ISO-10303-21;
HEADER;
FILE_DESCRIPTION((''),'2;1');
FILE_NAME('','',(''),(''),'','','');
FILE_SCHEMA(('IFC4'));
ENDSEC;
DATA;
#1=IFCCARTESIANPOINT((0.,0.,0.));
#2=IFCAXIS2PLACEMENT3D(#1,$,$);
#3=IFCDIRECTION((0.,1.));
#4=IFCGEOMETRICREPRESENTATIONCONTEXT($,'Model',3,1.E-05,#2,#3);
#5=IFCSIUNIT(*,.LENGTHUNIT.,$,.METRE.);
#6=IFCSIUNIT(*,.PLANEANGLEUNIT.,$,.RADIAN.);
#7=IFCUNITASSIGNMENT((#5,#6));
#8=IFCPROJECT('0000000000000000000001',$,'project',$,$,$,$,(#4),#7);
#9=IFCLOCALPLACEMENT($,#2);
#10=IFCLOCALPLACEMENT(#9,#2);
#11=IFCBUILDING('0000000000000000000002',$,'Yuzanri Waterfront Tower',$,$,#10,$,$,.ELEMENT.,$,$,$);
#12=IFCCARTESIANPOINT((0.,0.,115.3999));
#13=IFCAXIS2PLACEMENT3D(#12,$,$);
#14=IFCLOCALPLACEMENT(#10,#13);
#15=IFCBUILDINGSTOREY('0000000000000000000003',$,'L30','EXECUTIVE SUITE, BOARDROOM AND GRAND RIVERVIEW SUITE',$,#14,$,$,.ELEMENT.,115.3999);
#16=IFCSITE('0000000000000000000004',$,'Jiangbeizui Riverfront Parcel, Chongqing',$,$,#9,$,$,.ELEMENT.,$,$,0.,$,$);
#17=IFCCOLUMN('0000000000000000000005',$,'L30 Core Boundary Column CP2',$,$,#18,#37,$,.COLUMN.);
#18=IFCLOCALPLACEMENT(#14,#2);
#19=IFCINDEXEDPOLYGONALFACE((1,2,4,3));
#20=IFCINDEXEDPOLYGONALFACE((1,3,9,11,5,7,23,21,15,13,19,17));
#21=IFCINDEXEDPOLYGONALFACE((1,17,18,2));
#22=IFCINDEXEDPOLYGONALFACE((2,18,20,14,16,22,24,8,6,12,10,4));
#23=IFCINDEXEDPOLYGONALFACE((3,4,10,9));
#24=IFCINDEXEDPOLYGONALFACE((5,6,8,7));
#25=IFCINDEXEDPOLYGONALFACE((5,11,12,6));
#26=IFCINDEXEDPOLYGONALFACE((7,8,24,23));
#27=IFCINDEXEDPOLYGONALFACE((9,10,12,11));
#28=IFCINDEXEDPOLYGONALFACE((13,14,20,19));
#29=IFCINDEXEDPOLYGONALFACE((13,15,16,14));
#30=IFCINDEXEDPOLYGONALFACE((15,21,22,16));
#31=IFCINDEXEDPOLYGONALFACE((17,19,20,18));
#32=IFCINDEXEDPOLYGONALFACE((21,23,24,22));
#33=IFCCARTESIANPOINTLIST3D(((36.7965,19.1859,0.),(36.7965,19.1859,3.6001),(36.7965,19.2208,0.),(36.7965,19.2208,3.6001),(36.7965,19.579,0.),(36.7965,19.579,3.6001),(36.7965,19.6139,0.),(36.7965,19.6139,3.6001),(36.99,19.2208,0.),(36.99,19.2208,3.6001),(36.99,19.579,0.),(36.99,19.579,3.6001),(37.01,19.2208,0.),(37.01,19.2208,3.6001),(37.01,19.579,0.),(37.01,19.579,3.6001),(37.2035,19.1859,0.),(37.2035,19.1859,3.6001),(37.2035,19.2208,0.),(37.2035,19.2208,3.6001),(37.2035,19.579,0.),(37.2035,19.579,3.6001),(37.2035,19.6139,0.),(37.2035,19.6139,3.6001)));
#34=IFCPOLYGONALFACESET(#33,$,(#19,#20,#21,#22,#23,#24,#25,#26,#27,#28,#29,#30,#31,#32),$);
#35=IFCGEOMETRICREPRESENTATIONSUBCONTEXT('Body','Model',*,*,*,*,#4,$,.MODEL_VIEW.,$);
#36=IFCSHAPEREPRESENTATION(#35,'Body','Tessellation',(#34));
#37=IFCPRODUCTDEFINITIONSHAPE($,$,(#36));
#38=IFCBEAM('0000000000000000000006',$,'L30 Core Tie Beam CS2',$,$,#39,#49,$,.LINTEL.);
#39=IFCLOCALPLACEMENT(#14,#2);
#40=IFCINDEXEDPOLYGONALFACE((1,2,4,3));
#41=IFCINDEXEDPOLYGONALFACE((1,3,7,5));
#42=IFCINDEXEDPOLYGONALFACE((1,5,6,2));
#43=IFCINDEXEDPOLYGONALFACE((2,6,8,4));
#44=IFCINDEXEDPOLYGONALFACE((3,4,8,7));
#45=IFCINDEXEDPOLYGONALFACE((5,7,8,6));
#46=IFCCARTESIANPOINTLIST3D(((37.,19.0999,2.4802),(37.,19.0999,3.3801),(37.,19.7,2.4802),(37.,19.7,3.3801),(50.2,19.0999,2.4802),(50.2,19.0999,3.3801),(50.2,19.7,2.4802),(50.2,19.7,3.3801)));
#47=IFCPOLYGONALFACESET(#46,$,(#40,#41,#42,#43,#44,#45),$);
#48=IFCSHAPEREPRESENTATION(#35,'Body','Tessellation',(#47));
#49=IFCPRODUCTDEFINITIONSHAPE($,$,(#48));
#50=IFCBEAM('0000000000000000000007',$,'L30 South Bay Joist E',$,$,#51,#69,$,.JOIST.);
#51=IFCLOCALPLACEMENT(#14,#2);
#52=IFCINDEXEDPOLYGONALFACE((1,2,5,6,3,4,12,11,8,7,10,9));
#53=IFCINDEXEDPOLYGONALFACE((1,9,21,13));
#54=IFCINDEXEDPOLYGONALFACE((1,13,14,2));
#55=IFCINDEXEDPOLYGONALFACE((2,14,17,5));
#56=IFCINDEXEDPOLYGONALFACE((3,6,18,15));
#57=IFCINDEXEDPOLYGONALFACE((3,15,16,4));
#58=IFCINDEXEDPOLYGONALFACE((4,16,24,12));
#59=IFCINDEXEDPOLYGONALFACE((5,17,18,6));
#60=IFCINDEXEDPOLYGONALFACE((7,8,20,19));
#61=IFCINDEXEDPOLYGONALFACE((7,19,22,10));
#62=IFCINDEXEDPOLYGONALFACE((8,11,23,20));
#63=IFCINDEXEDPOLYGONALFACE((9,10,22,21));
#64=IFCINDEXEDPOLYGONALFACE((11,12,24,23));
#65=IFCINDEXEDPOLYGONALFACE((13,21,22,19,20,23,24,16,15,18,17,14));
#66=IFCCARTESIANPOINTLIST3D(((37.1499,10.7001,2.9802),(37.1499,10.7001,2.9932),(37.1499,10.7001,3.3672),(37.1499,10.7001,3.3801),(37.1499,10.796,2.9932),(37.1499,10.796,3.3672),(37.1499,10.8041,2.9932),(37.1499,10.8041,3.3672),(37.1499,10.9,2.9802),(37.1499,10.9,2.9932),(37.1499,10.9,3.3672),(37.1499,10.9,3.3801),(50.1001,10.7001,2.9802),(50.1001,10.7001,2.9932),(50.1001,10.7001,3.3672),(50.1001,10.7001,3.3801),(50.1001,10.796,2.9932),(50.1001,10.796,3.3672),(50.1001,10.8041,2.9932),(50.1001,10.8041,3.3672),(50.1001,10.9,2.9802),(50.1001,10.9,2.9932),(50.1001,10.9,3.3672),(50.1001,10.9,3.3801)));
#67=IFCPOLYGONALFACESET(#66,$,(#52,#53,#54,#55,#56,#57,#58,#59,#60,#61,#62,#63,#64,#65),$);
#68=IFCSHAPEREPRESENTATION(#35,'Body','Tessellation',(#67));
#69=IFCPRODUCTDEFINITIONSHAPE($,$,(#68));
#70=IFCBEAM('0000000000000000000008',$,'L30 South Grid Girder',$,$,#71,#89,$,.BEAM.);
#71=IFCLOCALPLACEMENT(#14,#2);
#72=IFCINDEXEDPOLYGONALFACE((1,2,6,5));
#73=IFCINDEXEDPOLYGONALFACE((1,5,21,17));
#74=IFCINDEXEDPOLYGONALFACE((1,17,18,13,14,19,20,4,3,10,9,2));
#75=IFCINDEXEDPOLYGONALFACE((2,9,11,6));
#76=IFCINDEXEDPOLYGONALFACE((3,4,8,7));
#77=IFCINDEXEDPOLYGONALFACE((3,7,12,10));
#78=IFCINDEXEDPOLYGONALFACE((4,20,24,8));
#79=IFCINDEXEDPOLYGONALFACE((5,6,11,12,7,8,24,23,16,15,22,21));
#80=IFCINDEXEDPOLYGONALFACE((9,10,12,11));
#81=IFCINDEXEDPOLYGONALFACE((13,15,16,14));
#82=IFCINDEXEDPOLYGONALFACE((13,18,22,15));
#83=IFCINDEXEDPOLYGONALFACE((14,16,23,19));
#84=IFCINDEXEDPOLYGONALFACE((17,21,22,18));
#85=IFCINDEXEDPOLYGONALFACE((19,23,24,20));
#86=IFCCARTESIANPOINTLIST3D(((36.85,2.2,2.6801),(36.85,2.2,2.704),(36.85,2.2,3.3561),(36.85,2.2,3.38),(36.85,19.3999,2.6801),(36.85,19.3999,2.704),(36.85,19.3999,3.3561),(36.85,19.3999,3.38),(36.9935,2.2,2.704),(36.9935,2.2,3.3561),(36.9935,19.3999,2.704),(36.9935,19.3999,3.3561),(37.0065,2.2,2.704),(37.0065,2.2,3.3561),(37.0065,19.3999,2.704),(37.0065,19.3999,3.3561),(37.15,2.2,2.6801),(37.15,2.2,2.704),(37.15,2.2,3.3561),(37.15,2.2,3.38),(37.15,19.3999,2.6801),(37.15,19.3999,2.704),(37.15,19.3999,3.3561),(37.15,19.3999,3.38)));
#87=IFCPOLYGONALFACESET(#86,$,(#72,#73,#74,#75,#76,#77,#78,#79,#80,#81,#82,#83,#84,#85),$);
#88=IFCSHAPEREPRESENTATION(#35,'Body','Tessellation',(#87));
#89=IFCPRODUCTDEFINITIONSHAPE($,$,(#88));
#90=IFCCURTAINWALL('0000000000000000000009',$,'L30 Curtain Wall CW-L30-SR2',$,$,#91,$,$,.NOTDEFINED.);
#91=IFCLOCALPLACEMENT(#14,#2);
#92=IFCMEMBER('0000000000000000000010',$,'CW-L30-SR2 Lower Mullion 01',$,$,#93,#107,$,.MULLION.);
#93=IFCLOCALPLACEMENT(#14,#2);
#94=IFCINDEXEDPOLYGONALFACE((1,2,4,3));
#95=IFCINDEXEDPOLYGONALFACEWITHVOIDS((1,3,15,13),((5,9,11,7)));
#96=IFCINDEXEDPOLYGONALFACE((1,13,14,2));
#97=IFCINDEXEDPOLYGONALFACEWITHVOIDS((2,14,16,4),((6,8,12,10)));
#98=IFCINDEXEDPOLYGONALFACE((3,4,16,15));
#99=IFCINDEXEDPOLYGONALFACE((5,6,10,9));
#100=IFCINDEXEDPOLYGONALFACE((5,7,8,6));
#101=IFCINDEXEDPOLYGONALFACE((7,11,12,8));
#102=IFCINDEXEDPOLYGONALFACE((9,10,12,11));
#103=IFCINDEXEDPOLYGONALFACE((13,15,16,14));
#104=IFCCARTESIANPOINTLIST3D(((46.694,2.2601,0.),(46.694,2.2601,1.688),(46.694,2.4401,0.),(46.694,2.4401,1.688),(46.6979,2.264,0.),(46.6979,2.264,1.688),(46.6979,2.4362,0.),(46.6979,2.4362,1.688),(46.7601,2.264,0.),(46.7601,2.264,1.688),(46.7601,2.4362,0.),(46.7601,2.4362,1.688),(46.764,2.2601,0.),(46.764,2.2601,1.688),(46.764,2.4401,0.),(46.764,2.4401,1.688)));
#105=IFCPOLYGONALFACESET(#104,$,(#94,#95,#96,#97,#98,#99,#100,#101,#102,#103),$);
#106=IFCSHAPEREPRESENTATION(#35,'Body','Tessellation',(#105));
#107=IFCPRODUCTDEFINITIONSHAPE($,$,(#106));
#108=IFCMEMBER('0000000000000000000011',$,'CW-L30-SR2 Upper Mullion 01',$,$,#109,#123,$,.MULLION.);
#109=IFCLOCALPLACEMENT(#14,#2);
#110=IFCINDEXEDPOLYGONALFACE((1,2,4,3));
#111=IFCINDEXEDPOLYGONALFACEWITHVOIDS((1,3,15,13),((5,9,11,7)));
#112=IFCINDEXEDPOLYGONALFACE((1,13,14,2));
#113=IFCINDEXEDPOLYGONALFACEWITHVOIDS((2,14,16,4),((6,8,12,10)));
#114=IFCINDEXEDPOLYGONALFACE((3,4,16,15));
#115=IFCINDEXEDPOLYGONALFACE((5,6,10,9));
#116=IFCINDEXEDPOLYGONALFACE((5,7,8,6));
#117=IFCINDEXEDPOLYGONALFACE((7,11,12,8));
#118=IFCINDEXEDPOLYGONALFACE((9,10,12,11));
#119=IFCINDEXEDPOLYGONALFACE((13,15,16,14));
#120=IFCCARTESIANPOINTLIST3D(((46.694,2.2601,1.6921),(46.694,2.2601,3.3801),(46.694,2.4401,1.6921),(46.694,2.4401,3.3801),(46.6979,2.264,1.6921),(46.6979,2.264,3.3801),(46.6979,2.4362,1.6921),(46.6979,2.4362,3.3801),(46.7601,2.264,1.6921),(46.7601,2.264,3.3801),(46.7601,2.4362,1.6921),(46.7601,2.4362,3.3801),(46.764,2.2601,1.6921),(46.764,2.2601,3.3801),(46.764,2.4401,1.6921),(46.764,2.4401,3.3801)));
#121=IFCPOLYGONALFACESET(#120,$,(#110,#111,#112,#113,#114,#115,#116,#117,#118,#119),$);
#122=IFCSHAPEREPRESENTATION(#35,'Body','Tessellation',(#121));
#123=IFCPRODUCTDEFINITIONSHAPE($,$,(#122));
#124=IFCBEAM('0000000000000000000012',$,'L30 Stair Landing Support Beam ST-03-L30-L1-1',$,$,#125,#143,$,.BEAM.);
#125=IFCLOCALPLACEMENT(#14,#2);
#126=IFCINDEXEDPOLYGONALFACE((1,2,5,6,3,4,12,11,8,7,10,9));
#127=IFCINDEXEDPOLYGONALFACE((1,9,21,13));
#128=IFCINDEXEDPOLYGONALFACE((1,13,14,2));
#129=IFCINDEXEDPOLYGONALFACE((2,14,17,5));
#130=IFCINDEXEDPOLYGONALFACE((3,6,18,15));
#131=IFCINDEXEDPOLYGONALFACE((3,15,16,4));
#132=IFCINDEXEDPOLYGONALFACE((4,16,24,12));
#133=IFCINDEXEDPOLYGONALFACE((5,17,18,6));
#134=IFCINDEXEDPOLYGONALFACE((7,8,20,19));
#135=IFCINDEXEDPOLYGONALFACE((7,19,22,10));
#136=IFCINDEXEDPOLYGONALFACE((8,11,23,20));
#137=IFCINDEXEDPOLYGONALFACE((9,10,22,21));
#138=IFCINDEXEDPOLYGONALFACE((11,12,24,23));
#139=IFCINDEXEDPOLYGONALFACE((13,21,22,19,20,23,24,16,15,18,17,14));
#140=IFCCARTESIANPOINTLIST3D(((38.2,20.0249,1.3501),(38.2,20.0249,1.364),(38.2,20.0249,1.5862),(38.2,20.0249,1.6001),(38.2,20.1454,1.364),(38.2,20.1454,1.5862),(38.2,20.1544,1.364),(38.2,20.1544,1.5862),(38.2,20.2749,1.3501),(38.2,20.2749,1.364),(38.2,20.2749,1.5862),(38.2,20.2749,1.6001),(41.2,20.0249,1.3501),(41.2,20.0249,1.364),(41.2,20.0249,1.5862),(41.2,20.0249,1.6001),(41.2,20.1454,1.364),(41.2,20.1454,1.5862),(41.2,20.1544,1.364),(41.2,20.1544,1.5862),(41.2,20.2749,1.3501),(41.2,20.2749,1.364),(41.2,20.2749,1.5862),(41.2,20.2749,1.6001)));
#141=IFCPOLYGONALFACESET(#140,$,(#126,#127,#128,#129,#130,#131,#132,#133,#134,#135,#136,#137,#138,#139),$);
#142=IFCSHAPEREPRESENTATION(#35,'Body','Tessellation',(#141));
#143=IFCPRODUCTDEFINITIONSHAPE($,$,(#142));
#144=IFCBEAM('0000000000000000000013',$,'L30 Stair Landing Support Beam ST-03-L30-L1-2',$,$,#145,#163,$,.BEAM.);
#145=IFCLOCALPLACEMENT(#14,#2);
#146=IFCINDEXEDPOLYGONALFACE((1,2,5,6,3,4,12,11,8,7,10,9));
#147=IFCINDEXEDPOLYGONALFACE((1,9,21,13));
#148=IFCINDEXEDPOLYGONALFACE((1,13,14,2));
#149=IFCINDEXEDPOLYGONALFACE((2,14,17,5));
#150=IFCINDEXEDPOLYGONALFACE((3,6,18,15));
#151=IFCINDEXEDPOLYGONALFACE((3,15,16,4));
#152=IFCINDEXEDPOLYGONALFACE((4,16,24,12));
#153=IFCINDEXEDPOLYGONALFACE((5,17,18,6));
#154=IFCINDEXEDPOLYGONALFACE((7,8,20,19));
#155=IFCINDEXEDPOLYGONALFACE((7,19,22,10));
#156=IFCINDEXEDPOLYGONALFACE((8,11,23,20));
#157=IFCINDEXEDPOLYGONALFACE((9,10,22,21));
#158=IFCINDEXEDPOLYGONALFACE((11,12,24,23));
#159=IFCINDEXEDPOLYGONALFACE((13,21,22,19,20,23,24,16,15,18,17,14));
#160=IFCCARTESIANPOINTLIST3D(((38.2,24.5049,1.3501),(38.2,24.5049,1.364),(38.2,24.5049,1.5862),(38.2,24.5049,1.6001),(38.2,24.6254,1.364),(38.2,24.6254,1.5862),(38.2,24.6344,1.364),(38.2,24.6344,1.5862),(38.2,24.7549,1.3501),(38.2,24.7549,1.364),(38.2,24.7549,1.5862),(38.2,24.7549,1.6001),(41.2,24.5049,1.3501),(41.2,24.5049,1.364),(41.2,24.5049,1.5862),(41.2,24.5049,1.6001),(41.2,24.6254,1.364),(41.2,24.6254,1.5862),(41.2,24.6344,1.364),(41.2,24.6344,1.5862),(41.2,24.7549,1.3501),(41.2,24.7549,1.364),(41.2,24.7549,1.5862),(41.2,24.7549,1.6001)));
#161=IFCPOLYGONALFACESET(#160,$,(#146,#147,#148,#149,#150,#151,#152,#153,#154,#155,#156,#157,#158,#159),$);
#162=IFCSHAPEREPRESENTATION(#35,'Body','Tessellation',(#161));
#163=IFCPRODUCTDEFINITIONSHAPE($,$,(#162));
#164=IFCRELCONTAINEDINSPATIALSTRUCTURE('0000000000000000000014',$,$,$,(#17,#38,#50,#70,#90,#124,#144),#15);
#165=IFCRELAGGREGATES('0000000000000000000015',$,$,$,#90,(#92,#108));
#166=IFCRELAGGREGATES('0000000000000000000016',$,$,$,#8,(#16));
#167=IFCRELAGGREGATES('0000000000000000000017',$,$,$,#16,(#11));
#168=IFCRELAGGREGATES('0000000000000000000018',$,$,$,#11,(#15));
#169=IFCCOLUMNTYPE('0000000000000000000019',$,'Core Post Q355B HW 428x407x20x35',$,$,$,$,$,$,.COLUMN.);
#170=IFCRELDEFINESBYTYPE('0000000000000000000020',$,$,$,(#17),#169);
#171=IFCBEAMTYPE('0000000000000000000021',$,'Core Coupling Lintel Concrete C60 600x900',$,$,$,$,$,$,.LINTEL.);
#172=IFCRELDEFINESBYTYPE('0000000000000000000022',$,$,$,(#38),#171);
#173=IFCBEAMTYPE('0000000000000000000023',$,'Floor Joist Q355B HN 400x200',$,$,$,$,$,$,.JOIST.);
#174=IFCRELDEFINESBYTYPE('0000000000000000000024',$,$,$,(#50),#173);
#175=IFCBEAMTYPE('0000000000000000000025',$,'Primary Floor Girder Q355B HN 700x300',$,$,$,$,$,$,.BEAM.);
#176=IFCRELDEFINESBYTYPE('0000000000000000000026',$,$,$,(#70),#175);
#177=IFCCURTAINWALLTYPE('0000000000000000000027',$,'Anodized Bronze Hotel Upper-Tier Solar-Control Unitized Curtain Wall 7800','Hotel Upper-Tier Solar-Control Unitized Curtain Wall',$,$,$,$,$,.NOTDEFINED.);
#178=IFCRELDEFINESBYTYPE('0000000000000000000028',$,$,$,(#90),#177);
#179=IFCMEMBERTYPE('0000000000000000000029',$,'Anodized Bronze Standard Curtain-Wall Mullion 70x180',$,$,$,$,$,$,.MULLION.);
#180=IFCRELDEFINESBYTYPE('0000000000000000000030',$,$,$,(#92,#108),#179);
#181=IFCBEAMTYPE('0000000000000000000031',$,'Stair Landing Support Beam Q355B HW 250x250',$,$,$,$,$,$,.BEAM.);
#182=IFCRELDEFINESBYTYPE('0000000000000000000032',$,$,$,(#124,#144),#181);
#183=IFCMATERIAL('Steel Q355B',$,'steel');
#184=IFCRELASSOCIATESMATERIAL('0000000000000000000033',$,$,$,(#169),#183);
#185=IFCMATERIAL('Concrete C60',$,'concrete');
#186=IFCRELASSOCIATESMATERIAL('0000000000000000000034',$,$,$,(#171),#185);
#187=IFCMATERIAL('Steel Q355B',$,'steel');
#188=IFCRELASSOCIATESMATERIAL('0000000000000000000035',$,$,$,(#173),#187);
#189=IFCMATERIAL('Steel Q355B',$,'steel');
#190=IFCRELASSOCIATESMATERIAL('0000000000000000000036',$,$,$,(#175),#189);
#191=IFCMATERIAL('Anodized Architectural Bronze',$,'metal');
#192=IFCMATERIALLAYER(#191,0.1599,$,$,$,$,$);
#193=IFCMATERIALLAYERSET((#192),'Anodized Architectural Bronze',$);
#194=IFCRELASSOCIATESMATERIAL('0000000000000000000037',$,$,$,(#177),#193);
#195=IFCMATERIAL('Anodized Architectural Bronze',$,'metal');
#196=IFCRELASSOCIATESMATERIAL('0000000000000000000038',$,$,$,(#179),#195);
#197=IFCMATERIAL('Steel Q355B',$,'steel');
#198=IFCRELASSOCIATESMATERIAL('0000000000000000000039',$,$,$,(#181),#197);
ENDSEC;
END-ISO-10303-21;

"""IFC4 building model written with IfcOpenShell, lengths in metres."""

from ifc_helpers import new_model, si_unit, direction, frame, origin, origin_2d, place, context, subcontext, project, spatial, rectangle, hollow_rectangle, i_section, extrude, source, transform, mapped, material, layer, layer_set, material_profile, profile_set, type_object, element, aggregate, save


model = new_model("IFC4")

# Units and contexts
model_context = context("Model", 3, precision=1e-05, world=origin(), true_north=direction((0.0, 1.0)))
body_context = subcontext(model_context, "Body", "Model", "MODEL_VIEW")
ifc_project = project(units=[si_unit("LENGTHUNIT", "METRE"), si_unit("PLANEANGLEUNIT", "RADIAN")], contexts=[model_context])

# Site, building, storey
site_placement = place(None, origin())
site = spatial("IfcSite", under=ifc_project, at=site_placement, Name="Jiangbeizui Riverfront Parcel, Chongqing", CompositionType="ELEMENT", RefElevation=0.0)
building_placement = place(site_placement, origin())
building = spatial("IfcBuilding", under=site, at=building_placement, Name="Yuzanri Waterfront Tower", CompositionType="ELEMENT")
storey_placement = place(building_placement, frame((0.0, 0.0, 115.3999)))
storey = spatial("IfcBuildingStorey", under=building, at=storey_placement, Name="L30", Description="EXECUTIVE SUITE, BOARDROOM AND GRAND RIVERVIEW SUITE", CompositionType="ELEMENT", Elevation=115.3999)

# Column
ifc_material_1 = material(Name="Steel Q355B", Category="steel")
ifc_material_profile_1 = material_profile(ifc_material_1, i_section(OverallWidth=0.407, OverallDepth=0.428, WebThickness=0.02, FlangeThickness=0.0349, at=origin_2d()), Name="HW 428x407x20x35")
ifc_profile_set_1 = profile_set([ifc_material_profile_1], Name="Steel Q355B")
column_type = type_object("IfcColumnType", Name="Core Post Q355B HW 428x407x20x35", PredefinedType="COLUMN", material=ifc_profile_set_1)
shared_shape_1 = source(origin(), body_context, "Body", "SweptSolid", [
    extrude(i_section(OverallWidth=0.407, OverallDepth=0.428, WebThickness=0.02, FlangeThickness=0.0349, at=origin_2d()), origin(), (0.0, 0.0, 1.0), 3.6001),
])
column_placement = place(storey_placement, frame((37.0, 19.3999, 0.0), z_axis=(0.0, 0.0, 1.0), x_axis=(1.0, 0.0, 0.0)))
element("IfcColumn", 1, at=column_placement, inside=storey, type_object=column_type, Name="L30 Core Boundary Column CP2", PredefinedType="COLUMN", context=body_context, shape_type="MappedRepresentation", body=[
    mapped(shared_shape_1, transform((0.0, 0.0, 0.0), scale=1.0)),
])

# Beams
ifc_material_2 = material(Name="Concrete C60", Category="concrete")
ifc_material_profile_2 = material_profile(ifc_material_2, rectangle(XDim=0.6001, YDim=0.8999, at=origin_2d()), Name="RC 600x900")
ifc_profile_set_2 = profile_set([ifc_material_profile_2], Name="Concrete C60")
beam_type_1 = type_object("IfcBeamType", Name="Core Coupling Lintel Concrete C60 600x900", PredefinedType="LINTEL", material=ifc_profile_set_2)
shared_shape_2 = source(origin(), body_context, "Body", "SweptSolid", [
    extrude(rectangle(XDim=0.6001, YDim=0.8999, at=origin_2d()), origin(), (0.0, 0.0, 1.0), 13.2),
])
beam_1_placement = place(storey_placement, frame((37.0, 19.3999, 2.9302), z_axis=(1.0, 0.0, 0.0), x_axis=(0.0, 1.0, 0.0)))
element("IfcBeam", 2, at=beam_1_placement, inside=storey, type_object=beam_type_1, Name="L30 Core Tie Beam CS2", PredefinedType="LINTEL", context=body_context, shape_type="MappedRepresentation", body=[
    mapped(shared_shape_2, transform((0.0, 0.0, 0.0), scale=1.0)),
])
ifc_material_3 = material(Name="Steel Q355B", Category="steel")
ifc_material_profile_3 = material_profile(ifc_material_3, i_section(OverallWidth=0.2, OverallDepth=0.3999, WebThickness=0.0081, FlangeThickness=0.0129, at=origin_2d()), Name="HN 400x200x8x13")
ifc_profile_set_3 = profile_set([ifc_material_profile_3], Name="Steel Q355B")
beam_type_2 = type_object("IfcBeamType", Name="Floor Joist Q355B HN 400x200", PredefinedType="JOIST", material=ifc_profile_set_3)
shared_shape_3 = source(origin(), body_context, "Body", "SweptSolid", [
    extrude(i_section(OverallWidth=0.2, OverallDepth=0.3999, WebThickness=0.0081, FlangeThickness=0.0129, at=origin_2d()), origin(), (0.0, 0.0, 1.0), 12.9502),
])
beam_2_placement = place(storey_placement, frame((37.1499, 10.8, 3.1802), z_axis=(1.0, 0.0, 0.0), x_axis=(0.0, 1.0, 0.0)))
element("IfcBeam", 3, at=beam_2_placement, inside=storey, type_object=beam_type_2, Name="L30 South Bay Joist E", PredefinedType="JOIST", context=body_context, shape_type="MappedRepresentation", body=[
    mapped(shared_shape_3, transform((0.0, 0.0, 0.0), scale=1.0)),
])
ifc_material_4 = material(Name="Steel Q355B", Category="steel")
ifc_material_profile_4 = material_profile(ifc_material_4, i_section(OverallWidth=0.3, OverallDepth=0.7, WebThickness=0.0129, FlangeThickness=0.0239, at=origin_2d()), Name="HN 700x300x13x24")
ifc_profile_set_4 = profile_set([ifc_material_profile_4], Name="Steel Q355B")
beam_type_3 = type_object("IfcBeamType", Name="Primary Floor Girder Q355B HN 700x300", PredefinedType="BEAM", material=ifc_profile_set_4)
shared_shape_4 = source(origin(), body_context, "Body", "SweptSolid", [
    extrude(i_section(OverallWidth=0.3, OverallDepth=0.7, WebThickness=0.0129, FlangeThickness=0.0239, at=origin_2d()), origin(), (0.0, 0.0, 1.0), 17.2),
])
beam_3_placement = place(storey_placement, frame((37.0, 19.3999, 3.03), z_axis=(0.0, -1.0, 0.0), x_axis=(1.0, 0.0, 0.0)))
element("IfcBeam", 4, at=beam_3_placement, inside=storey, type_object=beam_type_3, Name="L30 South Grid Girder", PredefinedType="BEAM", context=body_context, shape_type="MappedRepresentation", body=[
    mapped(shared_shape_4, transform((0.0, 0.0, 0.0), scale=1.0)),
])

# Curtain wall, members
ifc_material_5 = material(Name="Anodized Architectural Bronze", Category="metal")
ifc_layer_1 = layer(ifc_material_5, 0.1599)
ifc_layer_set_1 = layer_set([ifc_layer_1], Name="Anodized Architectural Bronze")
curtain_wall_type = type_object("IfcCurtainWallType", Name="Anodized Bronze Hotel Upper-Tier Solar-Control Unitized Curtain Wall 7800", Description="Hotel Upper-Tier Solar-Control Unitized Curtain Wall", PredefinedType="NOTDEFINED", material=ifc_layer_set_1)
curtain_wall_placement = place(storey_placement, origin())
curtain_wall = element("IfcCurtainWall", 5, at=curtain_wall_placement, inside=storey, type_object=curtain_wall_type, Name="L30 Curtain Wall CW-L30-SR2", PredefinedType="NOTDEFINED")
ifc_material_6 = material(Name="Anodized Architectural Bronze", Category="metal")
ifc_material_profile_5 = material_profile(ifc_material_6, hollow_rectangle(XDim=0.0701, YDim=0.1799, WallThickness=0.0039, at=origin_2d()), Name="CWM 70x180")
ifc_profile_set_5 = profile_set([ifc_material_profile_5], Name="Anodized Architectural Bronze")
member_type = type_object("IfcMemberType", Name="Anodized Bronze Standard Curtain-Wall Mullion 70x180", PredefinedType="MULLION", material=ifc_profile_set_5)
shared_shape_5 = source(origin(), body_context, "Body", "SweptSolid", [
    extrude(hollow_rectangle(XDim=0.0701, YDim=0.1799, WallThickness=0.0039, at=origin_2d()), origin(), (0.0, 0.0, 1.0), 1.688),
])
member_1_placement = place(storey_placement, frame((46.729, 2.3501, 0.0), z_axis=(0.0, 0.0, 1.0), x_axis=(1.0, 0.0, 0.0)))
member_1 = element("IfcMember", 6, at=member_1_placement, type_object=member_type, Name="CW-L30-SR2 Lower Mullion 01", PredefinedType="MULLION", context=body_context, shape_type="MappedRepresentation", body=[
    mapped(shared_shape_5, transform((0.0, 0.0, 0.0), scale=1.0)),
])
member_2_placement = place(storey_placement, frame((46.729, 2.3501, 1.6921), z_axis=(0.0, 0.0, 1.0), x_axis=(1.0, 0.0, 0.0)))
member_2 = element("IfcMember", 7, at=member_2_placement, type_object=member_type, Name="CW-L30-SR2 Upper Mullion 01", PredefinedType="MULLION", context=body_context, shape_type="MappedRepresentation", body=[
    mapped(shared_shape_5, transform((0.0, 0.0, 0.0), scale=1.0)),
])
aggregate(curtain_wall, [member_1, member_2])

# Beams
ifc_material_7 = material(Name="Steel Q355B", Category="steel")
ifc_material_profile_6 = material_profile(ifc_material_7, i_section(OverallWidth=0.25, OverallDepth=0.25, WebThickness=0.009, FlangeThickness=0.0139, at=origin_2d()), Name="HW 250x250x9x14")
ifc_profile_set_6 = profile_set([ifc_material_profile_6], Name="Steel Q355B")
beam_type_4 = type_object("IfcBeamType", Name="Stair Landing Support Beam Q355B HW 250x250", PredefinedType="BEAM", material=ifc_profile_set_6)
shared_shape_6 = source(origin(), body_context, "Body", "SweptSolid", [
    extrude(i_section(OverallWidth=0.25, OverallDepth=0.25, WebThickness=0.009, FlangeThickness=0.0139, at=origin_2d()), origin(), (0.0, 0.0, 1.0), 3.0),
])
for number, where, z_axis, x_axis, name in (
    (8, (38.2, 20.1499, 1.4751), (1.0, 0.0, 0.0), (0.0, 1.0, 0.0), "L30 Stair Landing Support Beam ST-03-L30-L1-1"),
    (9, (38.2, 24.6299, 1.4751), (1.0, 0.0, 0.0), (0.0, 1.0, 0.0), "L30 Stair Landing Support Beam ST-03-L30-L1-2"),
):
    element("IfcBeam", number, at=place(storey_placement, frame(where, z_axis=z_axis, x_axis=x_axis)), inside=storey, type_object=beam_type_4, Name=name, PredefinedType="BEAM", context=body_context, shape_type="MappedRepresentation", body=[
        mapped(shared_shape_6, transform((0.0, 0.0, 0.0), scale=1.0)),
    ])

save(model, "model.ifc")
